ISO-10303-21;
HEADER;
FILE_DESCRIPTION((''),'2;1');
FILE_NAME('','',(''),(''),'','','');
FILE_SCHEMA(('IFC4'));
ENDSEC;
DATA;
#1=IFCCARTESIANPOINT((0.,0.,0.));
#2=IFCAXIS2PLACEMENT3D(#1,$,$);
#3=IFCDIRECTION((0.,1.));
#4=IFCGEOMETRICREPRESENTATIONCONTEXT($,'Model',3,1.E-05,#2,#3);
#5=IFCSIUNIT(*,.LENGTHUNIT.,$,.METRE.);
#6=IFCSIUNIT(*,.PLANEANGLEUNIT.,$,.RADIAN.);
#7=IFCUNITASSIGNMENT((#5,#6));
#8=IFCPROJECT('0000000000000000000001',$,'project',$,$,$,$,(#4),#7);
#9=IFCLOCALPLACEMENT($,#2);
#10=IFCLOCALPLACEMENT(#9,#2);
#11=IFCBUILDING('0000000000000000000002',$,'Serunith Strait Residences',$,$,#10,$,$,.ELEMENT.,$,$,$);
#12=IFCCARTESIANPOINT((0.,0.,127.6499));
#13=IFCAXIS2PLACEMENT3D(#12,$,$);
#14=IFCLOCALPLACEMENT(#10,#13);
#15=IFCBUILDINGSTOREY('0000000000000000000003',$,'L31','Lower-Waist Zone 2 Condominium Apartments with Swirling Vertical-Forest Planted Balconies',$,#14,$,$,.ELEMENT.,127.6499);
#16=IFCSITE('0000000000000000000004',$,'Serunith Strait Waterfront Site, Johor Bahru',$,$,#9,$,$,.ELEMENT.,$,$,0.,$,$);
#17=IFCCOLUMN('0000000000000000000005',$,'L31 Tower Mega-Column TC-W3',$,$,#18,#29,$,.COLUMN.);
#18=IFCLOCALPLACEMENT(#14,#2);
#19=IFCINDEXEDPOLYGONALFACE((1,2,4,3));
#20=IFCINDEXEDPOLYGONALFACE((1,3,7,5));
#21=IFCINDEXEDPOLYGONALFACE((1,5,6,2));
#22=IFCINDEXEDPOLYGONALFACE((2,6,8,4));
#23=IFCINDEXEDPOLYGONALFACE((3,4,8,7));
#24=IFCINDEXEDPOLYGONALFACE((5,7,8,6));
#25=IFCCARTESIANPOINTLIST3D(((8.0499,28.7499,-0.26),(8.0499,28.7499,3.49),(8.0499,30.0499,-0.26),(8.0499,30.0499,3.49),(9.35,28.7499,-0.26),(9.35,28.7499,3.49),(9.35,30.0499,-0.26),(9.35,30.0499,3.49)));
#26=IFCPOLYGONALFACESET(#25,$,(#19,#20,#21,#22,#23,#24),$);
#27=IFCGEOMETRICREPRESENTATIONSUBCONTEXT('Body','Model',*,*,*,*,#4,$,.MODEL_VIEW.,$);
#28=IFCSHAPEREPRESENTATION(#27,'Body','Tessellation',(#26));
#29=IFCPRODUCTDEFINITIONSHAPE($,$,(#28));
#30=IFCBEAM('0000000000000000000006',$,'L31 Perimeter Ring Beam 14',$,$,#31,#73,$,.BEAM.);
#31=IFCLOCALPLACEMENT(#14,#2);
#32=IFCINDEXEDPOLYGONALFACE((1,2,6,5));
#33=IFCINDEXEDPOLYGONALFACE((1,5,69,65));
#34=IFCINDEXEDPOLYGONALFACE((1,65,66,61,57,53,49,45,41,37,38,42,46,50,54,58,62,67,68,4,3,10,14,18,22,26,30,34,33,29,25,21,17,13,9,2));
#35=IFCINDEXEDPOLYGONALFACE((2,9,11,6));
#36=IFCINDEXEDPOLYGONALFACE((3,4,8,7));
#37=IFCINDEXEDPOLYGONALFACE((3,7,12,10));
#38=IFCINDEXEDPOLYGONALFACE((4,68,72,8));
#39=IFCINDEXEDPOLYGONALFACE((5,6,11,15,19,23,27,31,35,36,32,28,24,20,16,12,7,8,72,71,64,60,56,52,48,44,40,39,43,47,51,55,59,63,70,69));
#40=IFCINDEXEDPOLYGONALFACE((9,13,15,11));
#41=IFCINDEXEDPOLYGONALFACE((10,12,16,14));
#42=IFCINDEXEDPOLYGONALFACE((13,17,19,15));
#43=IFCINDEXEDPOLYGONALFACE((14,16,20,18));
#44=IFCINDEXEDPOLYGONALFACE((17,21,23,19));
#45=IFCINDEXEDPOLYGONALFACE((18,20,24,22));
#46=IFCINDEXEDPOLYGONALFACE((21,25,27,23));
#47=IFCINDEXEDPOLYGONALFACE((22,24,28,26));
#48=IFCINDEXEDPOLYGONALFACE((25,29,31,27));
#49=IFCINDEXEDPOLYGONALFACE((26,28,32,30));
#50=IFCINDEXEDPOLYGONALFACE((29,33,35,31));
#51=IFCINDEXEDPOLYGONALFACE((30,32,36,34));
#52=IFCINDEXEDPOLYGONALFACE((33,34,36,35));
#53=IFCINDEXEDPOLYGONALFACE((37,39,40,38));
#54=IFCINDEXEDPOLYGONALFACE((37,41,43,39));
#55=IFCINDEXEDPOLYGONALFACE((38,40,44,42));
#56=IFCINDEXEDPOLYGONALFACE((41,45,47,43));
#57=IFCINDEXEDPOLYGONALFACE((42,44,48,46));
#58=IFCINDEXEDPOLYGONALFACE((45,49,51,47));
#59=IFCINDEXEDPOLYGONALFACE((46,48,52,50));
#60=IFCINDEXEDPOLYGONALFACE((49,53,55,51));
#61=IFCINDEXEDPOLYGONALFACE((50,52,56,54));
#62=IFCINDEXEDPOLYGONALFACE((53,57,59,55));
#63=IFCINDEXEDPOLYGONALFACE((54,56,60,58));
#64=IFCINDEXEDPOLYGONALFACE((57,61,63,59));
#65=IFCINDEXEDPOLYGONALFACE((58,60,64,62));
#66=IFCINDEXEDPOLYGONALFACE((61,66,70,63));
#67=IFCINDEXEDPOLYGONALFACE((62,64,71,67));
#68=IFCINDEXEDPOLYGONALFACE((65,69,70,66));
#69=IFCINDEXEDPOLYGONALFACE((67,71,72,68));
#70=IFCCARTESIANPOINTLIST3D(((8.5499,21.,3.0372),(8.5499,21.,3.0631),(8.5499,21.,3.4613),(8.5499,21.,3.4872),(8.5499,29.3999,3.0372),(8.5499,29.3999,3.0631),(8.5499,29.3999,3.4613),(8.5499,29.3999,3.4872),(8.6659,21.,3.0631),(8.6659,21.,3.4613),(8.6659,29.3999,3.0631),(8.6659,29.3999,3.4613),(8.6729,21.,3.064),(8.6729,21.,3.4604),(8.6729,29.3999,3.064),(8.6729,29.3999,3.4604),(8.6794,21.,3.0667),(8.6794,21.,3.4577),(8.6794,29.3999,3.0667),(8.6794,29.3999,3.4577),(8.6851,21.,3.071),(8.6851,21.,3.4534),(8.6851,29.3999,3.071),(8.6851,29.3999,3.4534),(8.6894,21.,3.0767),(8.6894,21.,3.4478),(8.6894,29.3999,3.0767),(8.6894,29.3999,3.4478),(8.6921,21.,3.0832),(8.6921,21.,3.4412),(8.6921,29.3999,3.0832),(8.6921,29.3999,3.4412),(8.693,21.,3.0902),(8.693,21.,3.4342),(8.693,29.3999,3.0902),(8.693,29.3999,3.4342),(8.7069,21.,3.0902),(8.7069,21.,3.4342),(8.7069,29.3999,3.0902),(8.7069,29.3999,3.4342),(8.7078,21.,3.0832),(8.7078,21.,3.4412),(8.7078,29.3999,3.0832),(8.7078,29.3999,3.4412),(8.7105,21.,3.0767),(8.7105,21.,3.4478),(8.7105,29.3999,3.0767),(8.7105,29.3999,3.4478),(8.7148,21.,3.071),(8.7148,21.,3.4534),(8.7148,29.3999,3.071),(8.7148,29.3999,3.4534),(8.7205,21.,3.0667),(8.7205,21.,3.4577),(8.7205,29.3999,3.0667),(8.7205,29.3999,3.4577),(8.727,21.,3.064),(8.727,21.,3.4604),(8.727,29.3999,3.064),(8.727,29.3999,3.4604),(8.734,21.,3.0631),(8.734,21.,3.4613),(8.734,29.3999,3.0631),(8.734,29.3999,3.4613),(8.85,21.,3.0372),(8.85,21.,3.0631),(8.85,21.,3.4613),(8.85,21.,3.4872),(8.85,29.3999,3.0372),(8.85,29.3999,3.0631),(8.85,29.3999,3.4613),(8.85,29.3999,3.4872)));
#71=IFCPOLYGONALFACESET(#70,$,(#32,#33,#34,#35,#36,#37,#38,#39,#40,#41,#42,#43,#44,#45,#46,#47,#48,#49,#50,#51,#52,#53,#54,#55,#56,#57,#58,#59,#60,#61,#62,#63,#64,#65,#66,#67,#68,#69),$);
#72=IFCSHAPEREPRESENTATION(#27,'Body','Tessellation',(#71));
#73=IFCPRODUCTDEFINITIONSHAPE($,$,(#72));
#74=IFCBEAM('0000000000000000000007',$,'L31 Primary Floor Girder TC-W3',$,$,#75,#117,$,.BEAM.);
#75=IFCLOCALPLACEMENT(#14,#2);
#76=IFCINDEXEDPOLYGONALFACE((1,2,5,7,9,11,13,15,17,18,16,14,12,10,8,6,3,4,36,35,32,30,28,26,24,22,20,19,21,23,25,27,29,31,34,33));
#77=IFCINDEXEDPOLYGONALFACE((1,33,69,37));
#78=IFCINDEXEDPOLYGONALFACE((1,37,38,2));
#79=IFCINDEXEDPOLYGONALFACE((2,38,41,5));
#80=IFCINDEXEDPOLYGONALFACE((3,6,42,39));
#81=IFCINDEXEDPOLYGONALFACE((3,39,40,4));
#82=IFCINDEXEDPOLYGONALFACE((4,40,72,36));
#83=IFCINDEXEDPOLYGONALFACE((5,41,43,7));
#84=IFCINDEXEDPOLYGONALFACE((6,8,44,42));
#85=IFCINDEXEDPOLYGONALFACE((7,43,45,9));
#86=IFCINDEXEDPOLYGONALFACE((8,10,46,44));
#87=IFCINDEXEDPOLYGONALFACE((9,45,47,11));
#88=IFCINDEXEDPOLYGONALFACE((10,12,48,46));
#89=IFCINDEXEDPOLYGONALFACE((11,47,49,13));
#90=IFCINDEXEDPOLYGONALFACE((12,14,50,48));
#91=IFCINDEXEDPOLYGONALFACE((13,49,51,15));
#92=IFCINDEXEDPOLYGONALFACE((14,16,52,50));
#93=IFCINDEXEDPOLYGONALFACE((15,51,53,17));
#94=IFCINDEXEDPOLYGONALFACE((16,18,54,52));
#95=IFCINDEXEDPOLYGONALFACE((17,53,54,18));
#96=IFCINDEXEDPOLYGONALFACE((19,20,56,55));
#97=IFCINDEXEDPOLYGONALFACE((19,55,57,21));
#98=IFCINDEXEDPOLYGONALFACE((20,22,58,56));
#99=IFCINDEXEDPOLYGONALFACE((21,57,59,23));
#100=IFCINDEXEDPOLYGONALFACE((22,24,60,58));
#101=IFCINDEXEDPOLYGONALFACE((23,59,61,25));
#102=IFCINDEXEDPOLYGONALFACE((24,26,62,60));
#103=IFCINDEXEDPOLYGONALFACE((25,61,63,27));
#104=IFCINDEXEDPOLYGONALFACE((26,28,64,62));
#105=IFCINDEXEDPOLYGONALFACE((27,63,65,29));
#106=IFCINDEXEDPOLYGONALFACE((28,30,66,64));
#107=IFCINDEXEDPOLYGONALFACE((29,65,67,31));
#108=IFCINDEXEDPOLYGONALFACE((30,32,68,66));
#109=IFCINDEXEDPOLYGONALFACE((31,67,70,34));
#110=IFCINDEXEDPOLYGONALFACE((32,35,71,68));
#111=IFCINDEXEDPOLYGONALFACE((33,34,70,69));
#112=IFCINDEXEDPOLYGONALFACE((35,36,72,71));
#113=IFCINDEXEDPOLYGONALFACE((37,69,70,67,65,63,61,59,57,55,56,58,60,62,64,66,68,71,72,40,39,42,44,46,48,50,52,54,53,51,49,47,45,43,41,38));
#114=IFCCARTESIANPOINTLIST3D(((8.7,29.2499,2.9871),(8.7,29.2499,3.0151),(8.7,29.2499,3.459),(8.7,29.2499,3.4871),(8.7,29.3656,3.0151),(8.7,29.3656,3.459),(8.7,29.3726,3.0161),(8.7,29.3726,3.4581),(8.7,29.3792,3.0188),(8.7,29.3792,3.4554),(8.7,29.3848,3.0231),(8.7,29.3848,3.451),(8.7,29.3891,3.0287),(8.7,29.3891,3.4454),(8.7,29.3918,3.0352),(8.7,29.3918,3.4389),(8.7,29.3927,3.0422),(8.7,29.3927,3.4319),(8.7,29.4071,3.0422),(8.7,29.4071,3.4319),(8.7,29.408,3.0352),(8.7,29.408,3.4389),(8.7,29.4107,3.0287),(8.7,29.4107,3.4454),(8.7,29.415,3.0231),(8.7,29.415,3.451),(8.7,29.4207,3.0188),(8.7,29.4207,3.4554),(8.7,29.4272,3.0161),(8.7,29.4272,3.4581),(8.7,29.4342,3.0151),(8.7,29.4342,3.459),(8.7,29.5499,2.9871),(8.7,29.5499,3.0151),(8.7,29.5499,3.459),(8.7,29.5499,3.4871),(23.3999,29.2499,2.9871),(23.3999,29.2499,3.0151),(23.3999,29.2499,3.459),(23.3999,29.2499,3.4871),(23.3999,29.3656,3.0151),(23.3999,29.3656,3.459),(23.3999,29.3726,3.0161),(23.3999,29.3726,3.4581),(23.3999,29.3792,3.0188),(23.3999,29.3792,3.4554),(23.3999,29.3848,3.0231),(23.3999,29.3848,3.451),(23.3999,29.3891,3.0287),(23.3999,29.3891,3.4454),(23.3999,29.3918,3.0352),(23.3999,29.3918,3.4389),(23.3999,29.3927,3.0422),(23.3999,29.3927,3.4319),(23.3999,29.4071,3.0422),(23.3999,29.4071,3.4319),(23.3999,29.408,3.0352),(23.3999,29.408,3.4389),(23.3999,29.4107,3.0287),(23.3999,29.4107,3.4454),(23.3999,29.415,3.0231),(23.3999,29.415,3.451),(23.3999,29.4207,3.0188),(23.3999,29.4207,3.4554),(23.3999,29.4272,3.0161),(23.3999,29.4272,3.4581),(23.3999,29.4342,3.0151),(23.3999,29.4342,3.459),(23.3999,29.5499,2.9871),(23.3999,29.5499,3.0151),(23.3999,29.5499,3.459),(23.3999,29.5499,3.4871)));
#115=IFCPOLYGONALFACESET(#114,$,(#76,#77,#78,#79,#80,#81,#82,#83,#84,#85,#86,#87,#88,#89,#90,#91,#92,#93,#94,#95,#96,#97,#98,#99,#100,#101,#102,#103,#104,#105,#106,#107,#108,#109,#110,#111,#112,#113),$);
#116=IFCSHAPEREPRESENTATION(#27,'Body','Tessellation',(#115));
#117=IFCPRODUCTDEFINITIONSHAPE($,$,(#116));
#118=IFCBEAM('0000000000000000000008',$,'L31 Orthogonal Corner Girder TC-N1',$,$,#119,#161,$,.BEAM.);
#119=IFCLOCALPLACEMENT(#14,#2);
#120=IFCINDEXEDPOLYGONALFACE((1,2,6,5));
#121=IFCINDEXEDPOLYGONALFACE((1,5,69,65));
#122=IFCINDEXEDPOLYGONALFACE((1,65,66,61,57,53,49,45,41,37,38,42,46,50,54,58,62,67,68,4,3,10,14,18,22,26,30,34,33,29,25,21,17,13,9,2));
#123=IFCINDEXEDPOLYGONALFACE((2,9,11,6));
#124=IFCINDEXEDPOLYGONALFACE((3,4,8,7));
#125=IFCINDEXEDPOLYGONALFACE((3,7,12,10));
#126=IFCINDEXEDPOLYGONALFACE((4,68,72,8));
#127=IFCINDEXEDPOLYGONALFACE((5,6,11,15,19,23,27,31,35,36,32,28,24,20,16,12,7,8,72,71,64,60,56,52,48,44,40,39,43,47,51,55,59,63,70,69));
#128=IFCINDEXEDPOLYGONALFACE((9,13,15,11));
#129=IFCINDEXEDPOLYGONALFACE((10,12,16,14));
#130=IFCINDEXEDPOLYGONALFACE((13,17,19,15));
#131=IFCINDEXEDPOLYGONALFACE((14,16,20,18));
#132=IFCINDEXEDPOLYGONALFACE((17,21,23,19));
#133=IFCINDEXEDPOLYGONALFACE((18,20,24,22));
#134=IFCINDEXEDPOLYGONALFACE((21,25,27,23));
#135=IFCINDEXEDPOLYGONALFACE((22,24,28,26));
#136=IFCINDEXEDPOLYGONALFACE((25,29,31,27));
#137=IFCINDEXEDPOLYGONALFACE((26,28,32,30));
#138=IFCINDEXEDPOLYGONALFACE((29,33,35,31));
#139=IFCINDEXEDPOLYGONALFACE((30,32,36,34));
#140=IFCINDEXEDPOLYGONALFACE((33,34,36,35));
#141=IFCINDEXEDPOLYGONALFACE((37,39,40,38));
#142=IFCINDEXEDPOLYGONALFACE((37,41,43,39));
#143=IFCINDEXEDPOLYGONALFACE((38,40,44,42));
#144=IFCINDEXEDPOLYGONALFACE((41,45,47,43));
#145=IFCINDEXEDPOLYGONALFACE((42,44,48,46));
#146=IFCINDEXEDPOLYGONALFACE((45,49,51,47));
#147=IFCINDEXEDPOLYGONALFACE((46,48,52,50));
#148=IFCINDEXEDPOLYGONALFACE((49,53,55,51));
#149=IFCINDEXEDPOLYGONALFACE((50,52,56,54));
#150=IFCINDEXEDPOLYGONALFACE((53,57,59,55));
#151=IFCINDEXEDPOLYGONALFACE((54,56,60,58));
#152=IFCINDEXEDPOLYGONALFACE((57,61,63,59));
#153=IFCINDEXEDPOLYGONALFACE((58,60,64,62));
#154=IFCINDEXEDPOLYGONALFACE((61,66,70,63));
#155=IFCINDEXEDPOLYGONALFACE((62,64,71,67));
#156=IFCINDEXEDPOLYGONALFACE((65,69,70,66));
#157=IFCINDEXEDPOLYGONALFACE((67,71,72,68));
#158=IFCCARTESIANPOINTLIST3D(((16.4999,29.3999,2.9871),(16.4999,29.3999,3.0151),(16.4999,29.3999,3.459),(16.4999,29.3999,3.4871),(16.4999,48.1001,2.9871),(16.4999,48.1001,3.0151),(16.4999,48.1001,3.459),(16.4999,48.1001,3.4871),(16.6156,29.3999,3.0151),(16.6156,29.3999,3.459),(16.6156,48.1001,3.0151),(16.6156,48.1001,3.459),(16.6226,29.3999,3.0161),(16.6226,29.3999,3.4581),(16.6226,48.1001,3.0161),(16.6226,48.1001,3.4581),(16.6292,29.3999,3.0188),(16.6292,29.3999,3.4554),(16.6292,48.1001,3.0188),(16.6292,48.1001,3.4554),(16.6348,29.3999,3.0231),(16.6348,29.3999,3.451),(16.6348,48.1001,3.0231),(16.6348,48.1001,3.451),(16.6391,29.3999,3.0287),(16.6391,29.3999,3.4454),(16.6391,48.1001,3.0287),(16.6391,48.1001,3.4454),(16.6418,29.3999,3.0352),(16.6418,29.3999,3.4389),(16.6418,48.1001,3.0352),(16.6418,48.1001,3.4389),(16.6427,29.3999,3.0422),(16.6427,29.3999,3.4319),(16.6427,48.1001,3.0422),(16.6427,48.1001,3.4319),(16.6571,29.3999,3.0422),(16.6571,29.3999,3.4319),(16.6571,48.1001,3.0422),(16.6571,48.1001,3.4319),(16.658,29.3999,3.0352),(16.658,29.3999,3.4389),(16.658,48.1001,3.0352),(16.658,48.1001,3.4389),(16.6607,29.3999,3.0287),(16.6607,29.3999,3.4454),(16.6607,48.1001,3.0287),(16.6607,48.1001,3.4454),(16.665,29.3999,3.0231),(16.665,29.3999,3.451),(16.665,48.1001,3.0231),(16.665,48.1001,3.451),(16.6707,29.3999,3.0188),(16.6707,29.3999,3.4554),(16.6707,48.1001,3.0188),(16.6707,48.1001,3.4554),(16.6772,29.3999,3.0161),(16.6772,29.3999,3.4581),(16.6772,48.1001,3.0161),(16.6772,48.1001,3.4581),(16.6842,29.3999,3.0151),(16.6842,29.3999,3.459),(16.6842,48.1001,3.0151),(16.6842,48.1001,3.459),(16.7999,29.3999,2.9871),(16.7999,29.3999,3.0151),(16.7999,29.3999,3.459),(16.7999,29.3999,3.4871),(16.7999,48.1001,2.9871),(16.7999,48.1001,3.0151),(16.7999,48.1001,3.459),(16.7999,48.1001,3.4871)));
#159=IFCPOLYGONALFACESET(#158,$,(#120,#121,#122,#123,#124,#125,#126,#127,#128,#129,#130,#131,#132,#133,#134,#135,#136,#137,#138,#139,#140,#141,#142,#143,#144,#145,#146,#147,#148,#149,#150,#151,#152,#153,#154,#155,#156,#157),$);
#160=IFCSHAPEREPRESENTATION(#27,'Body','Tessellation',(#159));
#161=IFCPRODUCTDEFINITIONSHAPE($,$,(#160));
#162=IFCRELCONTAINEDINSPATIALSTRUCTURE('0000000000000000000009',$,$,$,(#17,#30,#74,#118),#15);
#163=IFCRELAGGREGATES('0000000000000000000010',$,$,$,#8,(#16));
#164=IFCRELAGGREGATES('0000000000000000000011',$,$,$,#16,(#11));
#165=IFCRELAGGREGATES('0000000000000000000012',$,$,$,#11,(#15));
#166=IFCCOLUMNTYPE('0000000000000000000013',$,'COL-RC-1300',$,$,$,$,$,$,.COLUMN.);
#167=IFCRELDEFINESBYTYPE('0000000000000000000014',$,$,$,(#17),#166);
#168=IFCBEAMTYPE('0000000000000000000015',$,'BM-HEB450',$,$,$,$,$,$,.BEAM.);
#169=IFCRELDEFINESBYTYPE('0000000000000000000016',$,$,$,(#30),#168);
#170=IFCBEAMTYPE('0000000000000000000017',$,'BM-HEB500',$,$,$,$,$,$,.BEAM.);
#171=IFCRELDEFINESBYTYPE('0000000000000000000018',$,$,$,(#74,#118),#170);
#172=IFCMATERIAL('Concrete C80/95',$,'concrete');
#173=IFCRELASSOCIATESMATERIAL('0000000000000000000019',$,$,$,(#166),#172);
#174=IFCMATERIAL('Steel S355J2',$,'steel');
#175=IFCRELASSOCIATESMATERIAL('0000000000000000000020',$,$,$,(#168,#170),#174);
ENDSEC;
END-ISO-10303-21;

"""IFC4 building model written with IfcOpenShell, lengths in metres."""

from ifc_helpers import new_model, si_unit, direction, frame, origin, origin_2d, place, context, subcontext, project, spatial, rectangle, i_section, extrude, source, transform, mapped, material, material_profile, profile_set, type_object, element, save


model = new_model("IFC4")

# Units and contexts
model_context = context("Model", 3, precision=1e-05, world=origin(), true_north=direction((0.0, 1.0)))
body_context = subcontext(model_context, "Body", "Model", "MODEL_VIEW")
ifc_project = project(units=[si_unit("LENGTHUNIT", "METRE"), si_unit("PLANEANGLEUNIT", "RADIAN")], contexts=[model_context])

# Site, building, storey
site_placement = place(None, origin())
site = spatial("IfcSite", under=ifc_project, at=site_placement, Name="Serunith Strait Waterfront Site, Johor Bahru", CompositionType="ELEMENT", RefElevation=0.0)
building_placement = place(site_placement, origin())
building = spatial("IfcBuilding", under=site, at=building_placement, Name="Serunith Strait Residences", CompositionType="ELEMENT")
storey_placement = place(building_placement, frame((0.0, 0.0, 127.6499)))
storey = spatial("IfcBuildingStorey", under=building, at=storey_placement, Name="L31", Description="Lower-Waist Zone 2 Condominium Apartments with Swirling Vertical-Forest Planted Balconies", CompositionType="ELEMENT", Elevation=127.6499)

# Column
ifc_material_1 = material(Name="Concrete C80/95", Category="concrete")
ifc_material_profile_1 = material_profile(ifc_material_1, rectangle(XDim=1.3, YDim=1.3, at=origin_2d()), Name="RC 1300x1300")
ifc_profile_set_1 = profile_set([ifc_material_profile_1], Name="Concrete C80/95")
column_type = type_object("IfcColumnType", Name="COL-RC-1300", PredefinedType="COLUMN", material=ifc_profile_set_1)
shared_shape_1 = source(origin(), body_context, "Body", "SweptSolid", [
    extrude(rectangle(XDim=1.3, YDim=1.3, at=origin_2d()), origin(), (0.0, 0.0, 1.0), 3.75),
])
column_placement = place(storey_placement, frame((8.7, 29.3999, -0.26), z_axis=(0.0, 0.0, 1.0), x_axis=(1.0, 0.0, 0.0)))
element("IfcColumn", 1, at=column_placement, inside=storey, type_object=column_type, Name="L31 Tower Mega-Column TC-W3", PredefinedType="COLUMN", context=body_context, shape_type="MappedRepresentation", body=[
    mapped(shared_shape_1, transform((0.0, 0.0, 0.0), scale=1.0)),
])

# Beams
ifc_material_2 = material(Name="Steel S355J2", Category="steel")
ifc_material_profile_2 = material_profile(ifc_material_2, i_section(OverallWidth=0.3, OverallDepth=0.45, WebThickness=0.0139, FlangeThickness=0.0259, FilletRadius=0.0271, at=origin_2d()), Name="HEB 450")
ifc_profile_set_2 = profile_set([ifc_material_profile_2], Name="Steel S355J2")
beam_type_1 = type_object("IfcBeamType", Name="BM-HEB450", PredefinedType="BEAM", material=ifc_profile_set_2)
shared_shape_2 = source(origin(), body_context, "Body", "SweptSolid", [
    extrude(i_section(OverallWidth=0.3, OverallDepth=0.45, WebThickness=0.0139, FlangeThickness=0.0259, FilletRadius=0.0271, at=origin_2d()), origin(), (0.0, 0.0, 1.0), 8.3999),
])
beam_1_placement = place(storey_placement, frame((8.7, 29.3999, 3.2622), z_axis=(0.0, -1.0, 0.0), x_axis=(1.0, 0.0, 0.0)))
element("IfcBeam", 2, at=beam_1_placement, inside=storey, type_object=beam_type_1, Name="L31 Perimeter Ring Beam 14", PredefinedType="BEAM", context=body_context, shape_type="MappedRepresentation", body=[
    mapped(shared_shape_2, transform((0.0, 0.0, 0.0), scale=1.0)),
])
ifc_material_profile_3 = material_profile(ifc_material_2, i_section(OverallWidth=0.3, OverallDepth=0.5, WebThickness=0.0144, FlangeThickness=0.0281, FilletRadius=0.0271, at=origin_2d()), Name="HEB 500")
ifc_profile_set_3 = profile_set([ifc_material_profile_3], Name="Steel S355J2")
beam_type_2 = type_object("IfcBeamType", Name="BM-HEB500", PredefinedType="BEAM", material=ifc_profile_set_3)
shared_shape_3 = source(origin(), body_context, "Body", "SweptSolid", [
    extrude(i_section(OverallWidth=0.3, OverallDepth=0.5, WebThickness=0.0144, FlangeThickness=0.0281, FilletRadius=0.0271, at=origin_2d()), origin(), (0.0, 0.0, 1.0), 14.7),
])
beam_2_placement = place(storey_placement, frame((23.3999, 29.3999, 3.2371), z_axis=(-1.0, 0.0, 0.0), x_axis=(0.0, -1.0, 0.0)))
element("IfcBeam", 3, at=beam_2_placement, inside=storey, type_object=beam_type_2, Name="L31 Primary Floor Girder TC-W3", PredefinedType="BEAM", context=body_context, shape_type="MappedRepresentation", body=[
    mapped(shared_shape_3, transform((0.0, 0.0, 0.0), scale=1.0)),
])
shared_shape_4 = source(origin(), body_context, "Body", "SweptSolid", [
    extrude(i_section(OverallWidth=0.3, OverallDepth=0.5, WebThickness=0.0144, FlangeThickness=0.0281, FilletRadius=0.0271, at=origin_2d()), origin(), (0.0, 0.0, 1.0), 18.7002),
])
beam_3_placement = place(storey_placement, frame((16.6499, 29.3999, 3.2371), z_axis=(0.0, 1.0, 0.0), x_axis=(-1.0, 0.0, 0.0)))
element("IfcBeam", 4, at=beam_3_placement, inside=storey, type_object=beam_type_2, Name="L31 Orthogonal Corner Girder TC-N1", PredefinedType="BEAM", context=body_context, shape_type="MappedRepresentation", body=[
    mapped(shared_shape_4, transform((0.0, 0.0, 0.0), scale=1.0)),
])

save(model, "model.ifc")
